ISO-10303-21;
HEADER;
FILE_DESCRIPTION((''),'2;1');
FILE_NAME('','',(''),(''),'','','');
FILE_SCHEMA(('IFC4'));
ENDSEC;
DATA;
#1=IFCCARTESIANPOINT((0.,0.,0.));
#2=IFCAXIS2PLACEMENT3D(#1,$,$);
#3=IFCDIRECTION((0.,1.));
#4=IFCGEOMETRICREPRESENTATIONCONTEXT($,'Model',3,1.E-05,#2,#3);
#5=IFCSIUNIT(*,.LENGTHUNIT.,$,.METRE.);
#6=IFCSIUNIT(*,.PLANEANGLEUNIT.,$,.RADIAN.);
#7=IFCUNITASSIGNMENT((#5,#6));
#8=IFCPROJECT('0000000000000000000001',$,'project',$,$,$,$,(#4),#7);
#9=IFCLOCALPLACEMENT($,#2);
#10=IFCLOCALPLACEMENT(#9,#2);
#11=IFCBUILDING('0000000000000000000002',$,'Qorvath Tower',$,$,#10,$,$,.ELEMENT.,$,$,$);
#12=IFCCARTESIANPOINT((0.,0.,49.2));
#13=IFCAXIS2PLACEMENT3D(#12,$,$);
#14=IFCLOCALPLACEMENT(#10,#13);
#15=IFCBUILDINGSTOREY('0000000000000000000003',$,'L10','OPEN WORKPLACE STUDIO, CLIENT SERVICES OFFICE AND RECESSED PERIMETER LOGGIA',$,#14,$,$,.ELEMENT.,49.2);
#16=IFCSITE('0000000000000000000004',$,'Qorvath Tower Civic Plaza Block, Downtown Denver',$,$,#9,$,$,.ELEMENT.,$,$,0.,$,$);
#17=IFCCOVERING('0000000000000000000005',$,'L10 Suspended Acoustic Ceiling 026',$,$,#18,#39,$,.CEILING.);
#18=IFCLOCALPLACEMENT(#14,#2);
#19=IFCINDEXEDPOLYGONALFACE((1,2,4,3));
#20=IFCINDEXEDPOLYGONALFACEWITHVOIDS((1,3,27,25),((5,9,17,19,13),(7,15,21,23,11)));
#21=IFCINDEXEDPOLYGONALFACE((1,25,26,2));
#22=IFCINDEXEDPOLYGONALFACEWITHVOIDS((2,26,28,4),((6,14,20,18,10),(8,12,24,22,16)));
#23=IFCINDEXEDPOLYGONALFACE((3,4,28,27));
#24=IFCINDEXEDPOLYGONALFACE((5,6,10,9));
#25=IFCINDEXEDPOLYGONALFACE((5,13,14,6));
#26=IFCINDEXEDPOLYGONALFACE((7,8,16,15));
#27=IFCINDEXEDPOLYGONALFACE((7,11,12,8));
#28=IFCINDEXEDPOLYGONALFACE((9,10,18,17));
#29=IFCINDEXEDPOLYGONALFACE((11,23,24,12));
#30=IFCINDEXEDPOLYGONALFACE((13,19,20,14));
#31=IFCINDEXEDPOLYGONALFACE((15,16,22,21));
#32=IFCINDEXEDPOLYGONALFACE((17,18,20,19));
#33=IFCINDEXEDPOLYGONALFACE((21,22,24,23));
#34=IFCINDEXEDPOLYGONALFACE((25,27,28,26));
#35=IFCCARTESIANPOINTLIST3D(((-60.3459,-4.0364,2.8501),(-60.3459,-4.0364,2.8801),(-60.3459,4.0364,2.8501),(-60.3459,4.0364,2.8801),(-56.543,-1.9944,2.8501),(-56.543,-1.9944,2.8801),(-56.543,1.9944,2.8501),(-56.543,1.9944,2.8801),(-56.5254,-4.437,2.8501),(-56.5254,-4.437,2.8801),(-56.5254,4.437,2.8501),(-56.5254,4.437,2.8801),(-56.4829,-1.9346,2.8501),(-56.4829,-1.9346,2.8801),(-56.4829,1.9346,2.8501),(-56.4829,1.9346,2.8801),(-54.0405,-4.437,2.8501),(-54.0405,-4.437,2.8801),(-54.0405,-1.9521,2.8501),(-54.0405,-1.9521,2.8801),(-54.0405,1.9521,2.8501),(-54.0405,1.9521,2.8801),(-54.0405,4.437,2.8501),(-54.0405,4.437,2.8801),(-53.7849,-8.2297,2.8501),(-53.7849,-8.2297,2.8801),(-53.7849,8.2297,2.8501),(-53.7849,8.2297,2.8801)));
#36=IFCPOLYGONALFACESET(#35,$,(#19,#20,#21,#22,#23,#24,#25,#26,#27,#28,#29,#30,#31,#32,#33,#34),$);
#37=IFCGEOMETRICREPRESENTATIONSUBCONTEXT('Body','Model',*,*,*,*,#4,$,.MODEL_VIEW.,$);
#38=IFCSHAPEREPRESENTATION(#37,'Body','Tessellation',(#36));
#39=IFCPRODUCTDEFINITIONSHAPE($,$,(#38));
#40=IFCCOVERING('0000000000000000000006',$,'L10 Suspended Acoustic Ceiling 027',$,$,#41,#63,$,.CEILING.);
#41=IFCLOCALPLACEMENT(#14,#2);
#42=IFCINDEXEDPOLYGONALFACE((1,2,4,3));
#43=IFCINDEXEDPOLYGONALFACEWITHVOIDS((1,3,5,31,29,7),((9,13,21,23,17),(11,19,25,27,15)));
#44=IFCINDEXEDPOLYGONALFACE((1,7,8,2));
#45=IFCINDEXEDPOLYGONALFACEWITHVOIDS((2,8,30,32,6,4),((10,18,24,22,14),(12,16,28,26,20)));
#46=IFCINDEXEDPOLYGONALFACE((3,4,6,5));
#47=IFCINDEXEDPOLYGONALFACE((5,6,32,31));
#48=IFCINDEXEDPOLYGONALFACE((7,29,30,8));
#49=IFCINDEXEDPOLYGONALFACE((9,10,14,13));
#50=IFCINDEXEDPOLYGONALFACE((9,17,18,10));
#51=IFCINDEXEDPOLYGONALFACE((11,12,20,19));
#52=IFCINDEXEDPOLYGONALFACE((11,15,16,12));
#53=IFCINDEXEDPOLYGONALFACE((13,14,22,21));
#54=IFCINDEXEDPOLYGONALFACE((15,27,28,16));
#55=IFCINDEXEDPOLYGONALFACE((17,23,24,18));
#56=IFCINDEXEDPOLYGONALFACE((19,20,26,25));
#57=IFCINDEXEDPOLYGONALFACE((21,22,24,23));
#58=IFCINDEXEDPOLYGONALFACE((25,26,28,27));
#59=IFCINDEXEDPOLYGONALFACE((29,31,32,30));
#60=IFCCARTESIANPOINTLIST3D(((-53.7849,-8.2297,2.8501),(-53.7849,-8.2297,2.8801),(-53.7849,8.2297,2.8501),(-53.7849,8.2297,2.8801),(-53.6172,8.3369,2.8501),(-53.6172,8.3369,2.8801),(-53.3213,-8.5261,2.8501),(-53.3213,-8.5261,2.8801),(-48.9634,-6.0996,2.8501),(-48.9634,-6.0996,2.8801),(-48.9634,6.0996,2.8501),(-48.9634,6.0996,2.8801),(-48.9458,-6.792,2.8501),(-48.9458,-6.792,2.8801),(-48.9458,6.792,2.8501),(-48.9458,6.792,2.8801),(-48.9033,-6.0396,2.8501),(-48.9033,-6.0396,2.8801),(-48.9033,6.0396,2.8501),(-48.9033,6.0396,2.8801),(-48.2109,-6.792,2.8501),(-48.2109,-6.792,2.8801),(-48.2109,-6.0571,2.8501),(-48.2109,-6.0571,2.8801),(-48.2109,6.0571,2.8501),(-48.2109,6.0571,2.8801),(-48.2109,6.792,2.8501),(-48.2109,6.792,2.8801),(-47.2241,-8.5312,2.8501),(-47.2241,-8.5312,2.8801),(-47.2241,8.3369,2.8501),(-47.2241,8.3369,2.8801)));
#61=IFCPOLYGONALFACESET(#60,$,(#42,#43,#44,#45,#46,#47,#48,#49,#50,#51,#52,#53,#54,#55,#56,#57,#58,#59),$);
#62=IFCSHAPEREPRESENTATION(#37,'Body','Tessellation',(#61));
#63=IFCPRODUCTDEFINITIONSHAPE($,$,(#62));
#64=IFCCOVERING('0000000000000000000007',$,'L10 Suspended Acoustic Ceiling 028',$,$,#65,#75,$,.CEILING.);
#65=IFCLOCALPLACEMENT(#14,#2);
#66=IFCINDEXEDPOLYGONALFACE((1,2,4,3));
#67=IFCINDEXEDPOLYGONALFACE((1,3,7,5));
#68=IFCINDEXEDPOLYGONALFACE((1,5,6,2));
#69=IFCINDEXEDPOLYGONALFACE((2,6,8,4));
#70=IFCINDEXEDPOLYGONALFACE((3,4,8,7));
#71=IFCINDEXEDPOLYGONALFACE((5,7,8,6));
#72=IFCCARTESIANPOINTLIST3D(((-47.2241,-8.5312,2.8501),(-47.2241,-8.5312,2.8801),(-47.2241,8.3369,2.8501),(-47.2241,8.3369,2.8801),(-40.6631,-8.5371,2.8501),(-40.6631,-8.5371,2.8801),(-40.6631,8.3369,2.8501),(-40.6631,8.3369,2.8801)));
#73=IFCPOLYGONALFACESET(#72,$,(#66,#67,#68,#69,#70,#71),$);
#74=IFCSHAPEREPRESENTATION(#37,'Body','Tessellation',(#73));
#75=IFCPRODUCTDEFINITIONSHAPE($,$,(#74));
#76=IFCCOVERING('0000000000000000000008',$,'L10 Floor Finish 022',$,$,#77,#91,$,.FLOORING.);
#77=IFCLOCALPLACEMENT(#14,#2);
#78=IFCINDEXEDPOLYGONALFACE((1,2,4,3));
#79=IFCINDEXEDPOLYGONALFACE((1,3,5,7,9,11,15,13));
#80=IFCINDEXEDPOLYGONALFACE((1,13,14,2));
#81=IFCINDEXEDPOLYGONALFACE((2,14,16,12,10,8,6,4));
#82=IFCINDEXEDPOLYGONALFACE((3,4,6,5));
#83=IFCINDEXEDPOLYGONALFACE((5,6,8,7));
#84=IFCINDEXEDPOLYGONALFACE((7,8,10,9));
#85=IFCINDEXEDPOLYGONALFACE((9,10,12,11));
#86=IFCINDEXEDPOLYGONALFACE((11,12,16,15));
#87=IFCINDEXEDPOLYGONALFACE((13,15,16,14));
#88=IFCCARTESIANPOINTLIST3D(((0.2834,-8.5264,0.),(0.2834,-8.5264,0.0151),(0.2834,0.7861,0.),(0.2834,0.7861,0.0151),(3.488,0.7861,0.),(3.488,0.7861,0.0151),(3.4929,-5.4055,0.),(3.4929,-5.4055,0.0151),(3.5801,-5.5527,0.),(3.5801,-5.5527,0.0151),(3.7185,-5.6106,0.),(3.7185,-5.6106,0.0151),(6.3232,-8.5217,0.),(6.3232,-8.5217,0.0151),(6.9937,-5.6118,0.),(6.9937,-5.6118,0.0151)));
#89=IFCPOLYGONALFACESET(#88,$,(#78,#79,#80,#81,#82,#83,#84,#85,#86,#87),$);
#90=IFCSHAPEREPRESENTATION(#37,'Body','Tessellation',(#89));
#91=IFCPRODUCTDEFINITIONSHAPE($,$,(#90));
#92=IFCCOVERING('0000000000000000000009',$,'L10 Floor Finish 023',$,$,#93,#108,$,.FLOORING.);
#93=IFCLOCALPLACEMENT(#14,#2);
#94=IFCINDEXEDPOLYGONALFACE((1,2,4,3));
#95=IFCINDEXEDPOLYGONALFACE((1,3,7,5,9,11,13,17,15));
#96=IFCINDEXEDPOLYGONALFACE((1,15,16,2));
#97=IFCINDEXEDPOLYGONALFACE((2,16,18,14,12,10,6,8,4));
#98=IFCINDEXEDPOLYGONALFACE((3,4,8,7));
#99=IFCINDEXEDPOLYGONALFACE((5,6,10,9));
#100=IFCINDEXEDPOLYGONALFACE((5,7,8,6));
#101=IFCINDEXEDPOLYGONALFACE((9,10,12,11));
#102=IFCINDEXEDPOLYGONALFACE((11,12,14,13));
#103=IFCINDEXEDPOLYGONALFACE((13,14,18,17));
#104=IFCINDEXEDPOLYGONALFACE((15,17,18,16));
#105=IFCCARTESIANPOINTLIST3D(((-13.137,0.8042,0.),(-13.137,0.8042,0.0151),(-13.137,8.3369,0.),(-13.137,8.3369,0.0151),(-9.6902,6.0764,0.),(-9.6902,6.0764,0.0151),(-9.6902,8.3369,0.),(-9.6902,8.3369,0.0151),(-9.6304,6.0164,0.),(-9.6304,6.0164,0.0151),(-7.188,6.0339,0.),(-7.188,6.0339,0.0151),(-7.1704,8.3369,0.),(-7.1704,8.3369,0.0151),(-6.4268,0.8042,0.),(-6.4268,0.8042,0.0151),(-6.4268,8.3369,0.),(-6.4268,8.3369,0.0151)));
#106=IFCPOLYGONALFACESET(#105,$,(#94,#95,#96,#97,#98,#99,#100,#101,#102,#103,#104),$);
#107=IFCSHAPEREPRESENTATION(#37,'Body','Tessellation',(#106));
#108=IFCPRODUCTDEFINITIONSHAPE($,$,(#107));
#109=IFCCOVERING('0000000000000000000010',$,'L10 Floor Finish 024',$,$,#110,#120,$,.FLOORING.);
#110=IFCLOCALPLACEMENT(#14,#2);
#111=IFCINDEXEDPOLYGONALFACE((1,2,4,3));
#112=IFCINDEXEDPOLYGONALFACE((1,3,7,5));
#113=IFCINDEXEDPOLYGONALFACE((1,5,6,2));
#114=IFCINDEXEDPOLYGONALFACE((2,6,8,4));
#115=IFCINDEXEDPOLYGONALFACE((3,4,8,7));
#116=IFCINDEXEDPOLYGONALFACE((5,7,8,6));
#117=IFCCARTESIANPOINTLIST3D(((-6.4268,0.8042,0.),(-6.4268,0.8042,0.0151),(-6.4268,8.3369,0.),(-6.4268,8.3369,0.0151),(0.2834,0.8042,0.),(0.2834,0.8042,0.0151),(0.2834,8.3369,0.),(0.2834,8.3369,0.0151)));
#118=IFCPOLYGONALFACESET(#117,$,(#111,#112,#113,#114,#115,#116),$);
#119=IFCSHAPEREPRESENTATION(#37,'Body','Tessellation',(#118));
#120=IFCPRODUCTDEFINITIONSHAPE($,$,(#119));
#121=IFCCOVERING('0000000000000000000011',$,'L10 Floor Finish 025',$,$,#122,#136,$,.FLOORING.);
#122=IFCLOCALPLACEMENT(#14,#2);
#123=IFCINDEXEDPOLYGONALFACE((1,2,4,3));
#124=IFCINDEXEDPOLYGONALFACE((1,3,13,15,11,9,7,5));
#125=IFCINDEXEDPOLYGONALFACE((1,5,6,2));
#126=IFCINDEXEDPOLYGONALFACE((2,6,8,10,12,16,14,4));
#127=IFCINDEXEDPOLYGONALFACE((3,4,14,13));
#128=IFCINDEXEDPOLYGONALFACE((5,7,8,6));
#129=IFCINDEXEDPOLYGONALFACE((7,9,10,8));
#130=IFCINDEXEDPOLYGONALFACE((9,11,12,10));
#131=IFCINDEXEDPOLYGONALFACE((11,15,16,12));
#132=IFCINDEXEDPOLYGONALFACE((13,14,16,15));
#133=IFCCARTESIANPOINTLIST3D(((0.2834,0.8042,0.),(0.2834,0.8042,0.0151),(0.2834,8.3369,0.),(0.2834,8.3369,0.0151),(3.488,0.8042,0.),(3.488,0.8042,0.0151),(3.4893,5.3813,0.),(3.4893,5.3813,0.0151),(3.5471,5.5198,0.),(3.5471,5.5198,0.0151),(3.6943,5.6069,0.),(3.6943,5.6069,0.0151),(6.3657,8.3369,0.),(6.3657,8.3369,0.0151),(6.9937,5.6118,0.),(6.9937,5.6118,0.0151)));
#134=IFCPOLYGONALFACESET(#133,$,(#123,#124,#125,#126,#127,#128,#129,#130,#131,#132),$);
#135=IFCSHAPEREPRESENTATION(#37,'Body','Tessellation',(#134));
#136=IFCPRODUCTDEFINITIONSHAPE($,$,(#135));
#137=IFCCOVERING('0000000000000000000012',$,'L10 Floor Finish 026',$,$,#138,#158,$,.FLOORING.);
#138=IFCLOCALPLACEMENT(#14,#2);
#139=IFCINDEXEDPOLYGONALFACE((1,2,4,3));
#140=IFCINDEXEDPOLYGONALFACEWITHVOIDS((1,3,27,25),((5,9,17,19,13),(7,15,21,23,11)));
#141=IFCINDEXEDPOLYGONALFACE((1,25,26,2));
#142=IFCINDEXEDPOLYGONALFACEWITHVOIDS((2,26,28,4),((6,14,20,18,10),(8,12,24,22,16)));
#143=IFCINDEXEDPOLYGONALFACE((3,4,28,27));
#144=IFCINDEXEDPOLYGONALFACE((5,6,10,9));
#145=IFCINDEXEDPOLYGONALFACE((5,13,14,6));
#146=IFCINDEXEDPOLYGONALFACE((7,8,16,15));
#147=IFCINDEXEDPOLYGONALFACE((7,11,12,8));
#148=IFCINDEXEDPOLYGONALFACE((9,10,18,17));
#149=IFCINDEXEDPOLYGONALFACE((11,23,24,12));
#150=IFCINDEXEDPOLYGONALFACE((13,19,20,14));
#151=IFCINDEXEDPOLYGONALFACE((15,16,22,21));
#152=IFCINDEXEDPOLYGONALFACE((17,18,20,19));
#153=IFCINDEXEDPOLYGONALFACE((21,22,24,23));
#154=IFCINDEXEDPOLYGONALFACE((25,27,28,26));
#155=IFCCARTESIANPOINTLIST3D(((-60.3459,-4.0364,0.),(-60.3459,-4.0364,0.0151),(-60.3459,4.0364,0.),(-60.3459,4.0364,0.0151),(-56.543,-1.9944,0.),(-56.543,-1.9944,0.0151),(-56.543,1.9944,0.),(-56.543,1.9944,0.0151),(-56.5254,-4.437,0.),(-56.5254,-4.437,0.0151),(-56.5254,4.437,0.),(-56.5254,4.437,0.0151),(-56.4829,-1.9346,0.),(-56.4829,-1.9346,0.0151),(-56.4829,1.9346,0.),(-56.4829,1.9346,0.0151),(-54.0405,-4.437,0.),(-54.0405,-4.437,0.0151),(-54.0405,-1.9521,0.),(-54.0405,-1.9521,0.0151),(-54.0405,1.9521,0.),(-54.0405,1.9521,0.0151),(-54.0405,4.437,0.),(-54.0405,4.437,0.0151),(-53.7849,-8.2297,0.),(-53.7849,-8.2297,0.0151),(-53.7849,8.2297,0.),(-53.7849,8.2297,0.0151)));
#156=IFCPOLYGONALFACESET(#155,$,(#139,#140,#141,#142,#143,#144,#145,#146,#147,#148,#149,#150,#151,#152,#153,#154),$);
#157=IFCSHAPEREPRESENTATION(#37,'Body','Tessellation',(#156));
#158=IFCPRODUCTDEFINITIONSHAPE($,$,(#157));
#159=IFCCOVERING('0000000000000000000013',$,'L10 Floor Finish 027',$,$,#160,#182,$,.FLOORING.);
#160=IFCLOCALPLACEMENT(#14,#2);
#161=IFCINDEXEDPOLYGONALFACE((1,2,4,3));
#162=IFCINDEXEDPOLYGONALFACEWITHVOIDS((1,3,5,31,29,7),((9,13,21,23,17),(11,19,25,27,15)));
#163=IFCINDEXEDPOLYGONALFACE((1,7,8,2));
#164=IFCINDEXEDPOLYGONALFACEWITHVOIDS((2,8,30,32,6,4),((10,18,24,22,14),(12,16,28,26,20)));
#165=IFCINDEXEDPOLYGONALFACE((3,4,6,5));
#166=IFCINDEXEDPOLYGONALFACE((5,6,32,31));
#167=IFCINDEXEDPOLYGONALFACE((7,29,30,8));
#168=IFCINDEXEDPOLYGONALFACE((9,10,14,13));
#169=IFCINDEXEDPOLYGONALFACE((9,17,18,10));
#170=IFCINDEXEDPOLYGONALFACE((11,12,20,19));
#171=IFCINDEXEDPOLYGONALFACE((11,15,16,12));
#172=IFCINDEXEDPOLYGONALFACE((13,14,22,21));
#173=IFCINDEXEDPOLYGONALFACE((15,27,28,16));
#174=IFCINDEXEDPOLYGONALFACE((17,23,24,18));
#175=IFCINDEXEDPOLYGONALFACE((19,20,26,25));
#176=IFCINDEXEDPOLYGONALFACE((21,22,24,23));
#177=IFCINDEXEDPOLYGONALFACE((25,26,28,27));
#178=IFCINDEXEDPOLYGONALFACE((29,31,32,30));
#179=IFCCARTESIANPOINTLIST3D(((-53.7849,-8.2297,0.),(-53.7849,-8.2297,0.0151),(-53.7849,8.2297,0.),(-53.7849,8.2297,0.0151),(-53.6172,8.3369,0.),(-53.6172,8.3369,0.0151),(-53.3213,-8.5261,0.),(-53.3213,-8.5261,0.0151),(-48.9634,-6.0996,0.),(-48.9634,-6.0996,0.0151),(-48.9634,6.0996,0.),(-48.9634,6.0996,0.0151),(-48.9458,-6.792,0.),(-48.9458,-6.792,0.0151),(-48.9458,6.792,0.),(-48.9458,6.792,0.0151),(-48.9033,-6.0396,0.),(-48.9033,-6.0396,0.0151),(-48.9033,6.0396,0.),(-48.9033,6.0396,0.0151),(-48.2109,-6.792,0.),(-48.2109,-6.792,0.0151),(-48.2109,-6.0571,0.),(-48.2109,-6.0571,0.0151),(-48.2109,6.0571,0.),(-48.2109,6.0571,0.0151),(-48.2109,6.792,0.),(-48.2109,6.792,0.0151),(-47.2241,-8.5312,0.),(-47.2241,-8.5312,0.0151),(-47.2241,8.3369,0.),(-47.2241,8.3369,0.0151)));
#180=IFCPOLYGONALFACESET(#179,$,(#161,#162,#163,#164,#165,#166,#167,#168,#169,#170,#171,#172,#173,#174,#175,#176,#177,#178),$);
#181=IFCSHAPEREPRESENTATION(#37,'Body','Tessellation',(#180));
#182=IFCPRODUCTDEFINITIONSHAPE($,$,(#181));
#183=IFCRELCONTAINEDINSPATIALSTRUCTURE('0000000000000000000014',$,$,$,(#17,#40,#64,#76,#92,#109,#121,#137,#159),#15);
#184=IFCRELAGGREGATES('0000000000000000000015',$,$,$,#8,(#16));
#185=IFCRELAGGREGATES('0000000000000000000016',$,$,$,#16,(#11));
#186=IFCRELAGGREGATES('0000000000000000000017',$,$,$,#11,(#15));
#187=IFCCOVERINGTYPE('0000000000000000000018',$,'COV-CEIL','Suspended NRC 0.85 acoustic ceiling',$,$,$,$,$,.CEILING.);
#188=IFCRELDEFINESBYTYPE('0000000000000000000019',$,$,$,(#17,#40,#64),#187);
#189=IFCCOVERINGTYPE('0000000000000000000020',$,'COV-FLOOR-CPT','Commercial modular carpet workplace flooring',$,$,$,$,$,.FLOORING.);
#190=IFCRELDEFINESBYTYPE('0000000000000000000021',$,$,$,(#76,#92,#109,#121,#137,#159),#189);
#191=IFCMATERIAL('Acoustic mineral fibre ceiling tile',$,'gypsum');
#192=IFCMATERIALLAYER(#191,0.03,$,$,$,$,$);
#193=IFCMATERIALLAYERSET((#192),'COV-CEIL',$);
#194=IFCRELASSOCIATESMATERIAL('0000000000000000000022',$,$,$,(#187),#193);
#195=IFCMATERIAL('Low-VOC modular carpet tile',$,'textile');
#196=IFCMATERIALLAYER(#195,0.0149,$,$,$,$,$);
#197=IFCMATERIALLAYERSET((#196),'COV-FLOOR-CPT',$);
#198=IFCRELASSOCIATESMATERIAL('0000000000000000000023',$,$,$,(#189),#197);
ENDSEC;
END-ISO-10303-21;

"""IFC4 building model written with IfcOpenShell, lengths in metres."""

from ifc_helpers import new_model, si_unit, direction, frame, origin, place, context, subcontext, project, spatial, polyline, outline, extrude, material, layer, layer_set, type_object, element, save


model = new_model("IFC4")

# Units and contexts
model_context = context("Model", 3, precision=1e-05, world=origin(), true_north=direction((0.0, 1.0)))
body_context = subcontext(model_context, "Body", "Model", "MODEL_VIEW")
ifc_project = project(units=[si_unit("LENGTHUNIT", "METRE"), si_unit("PLANEANGLEUNIT", "RADIAN")], contexts=[model_context])

# Site, building, storey
site_placement = place(None, origin())
site = spatial("IfcSite", under=ifc_project, at=site_placement, Name="Qorvath Tower Civic Plaza Block, Downtown Denver", CompositionType="ELEMENT", RefElevation=0.0)
building_placement = place(site_placement, origin())
building = spatial("IfcBuilding", under=site, at=building_placement, Name="Qorvath Tower", CompositionType="ELEMENT")
storey_placement = place(building_placement, frame((0.0, 0.0, 49.2)))
storey = spatial("IfcBuildingStorey", under=building, at=storey_placement, Name="L10", Description="OPEN WORKPLACE STUDIO, CLIENT SERVICES OFFICE AND RECESSED PERIMETER LOGGIA", CompositionType="ELEMENT", Elevation=49.2)

# Coverings
ifc_material_1 = material(Name="Acoustic mineral fibre ceiling tile", Category="gypsum")
ifc_layer_1 = layer(ifc_material_1, 0.03)
ifc_layer_set_1 = layer_set([ifc_layer_1], Name="COV-CEIL")
covering_type_1 = type_object("IfcCoveringType", Name="COV-CEIL", Description="Suspended NRC 0.85 acoustic ceiling", PredefinedType="CEILING", material=ifc_layer_set_1)
covering_1_placement = place(storey_placement, frame((0.0, 0.0, 2.8501)))
element("IfcCovering", 1, at=covering_1_placement, inside=storey, type_object=covering_type_1, Name="L10 Suspended Acoustic Ceiling 026", PredefinedType="CEILING", context=body_context, shape_type="SweptSolid", body=[
    extrude(outline(polyline([(-53.7849, -8.2297), (-53.7849, 8.2297), (-60.3459, 4.0364), (-60.3459, -4.0364), (-53.7849, -8.2297)]), holes=[polyline([(-56.543, -1.9944), (-56.4829, -1.9346), (-54.0405, -1.9521), (-54.0405, -4.437), (-56.5254, -4.437), (-56.543, -1.9944)]), polyline([(-56.543, 1.9944), (-56.5254, 4.437), (-54.0405, 4.437), (-54.0405, 1.9521), (-56.4829, 1.9346), (-56.543, 1.9944)])]), origin(), (0.0, 0.0, 1.0), 0.03),
])
covering_2_placement = place(storey_placement, frame((0.0, 0.0, 2.8501)))
element("IfcCovering", 2, at=covering_2_placement, inside=storey, type_object=covering_type_1, Name="L10 Suspended Acoustic Ceiling 027", PredefinedType="CEILING", context=body_context, shape_type="SweptSolid", body=[
    extrude(outline(polyline([(-47.2241, -8.5312), (-47.2241, 8.3369), (-53.6172, 8.3369), (-53.7849, 8.2297), (-53.7849, -8.2297), (-53.3213, -8.5261), (-47.2241, -8.5312)]), holes=[polyline([(-48.9634, -6.0996), (-48.9033, -6.0396), (-48.2109, -6.0571), (-48.2109, -6.792), (-48.9458, -6.792), (-48.9634, -6.0996)]), polyline([(-48.9634, 6.0996), (-48.9458, 6.792), (-48.2109, 6.792), (-48.2109, 6.0571), (-48.9033, 6.0396), (-48.9634, 6.0996)])]), origin(), (0.0, 0.0, 1.0), 0.03),
])
covering_3_placement = place(storey_placement, frame((0.0, 0.0, 2.8501)))
element("IfcCovering", 3, at=covering_3_placement, inside=storey, type_object=covering_type_1, Name="L10 Suspended Acoustic Ceiling 028", PredefinedType="CEILING", context=body_context, shape_type="SweptSolid", body=[
    extrude(outline(polyline([(-40.6631, 8.3369), (-47.2241, 8.3369), (-47.2241, -8.5312), (-40.6631, -8.5371), (-40.6631, 8.3369)])), origin(), (0.0, 0.0, 1.0), 0.03),
])
ifc_material_2 = material(Name="Low-VOC modular carpet tile", Category="textile")
ifc_layer_2 = layer(ifc_material_2, 0.0149)
ifc_layer_set_2 = layer_set([ifc_layer_2], Name="COV-FLOOR-CPT")
covering_type_2 = type_object("IfcCoveringType", Name="COV-FLOOR-CPT", Description="Commercial modular carpet workplace flooring", PredefinedType="FLOORING", material=ifc_layer_set_2)
covering_4_placement = place(storey_placement, origin())
element("IfcCovering", 4, at=covering_4_placement, inside=storey, type_object=covering_type_2, Name="L10 Floor Finish 022", PredefinedType="FLOORING", context=body_context, shape_type="SweptSolid", body=[
    extrude(outline(polyline([(3.5801, -5.5527), (3.4929, -5.4055), (3.488, 0.7861), (0.2834, 0.7861), (0.2834, -8.5264), (6.3232, -8.5217), (6.9937, -5.6118), (3.7185, -5.6106), (3.5801, -5.5527)])), origin(), (0.0, 0.0, 1.0), 0.0151),
])
covering_5_placement = place(storey_placement, origin())
element("IfcCovering", 5, at=covering_5_placement, inside=storey, type_object=covering_type_2, Name="L10 Floor Finish 023", PredefinedType="FLOORING", context=body_context, shape_type="SweptSolid", body=[
    extrude(outline(polyline([(-6.4268, 0.8042), (-6.4268, 8.3369), (-7.1704, 8.3369), (-7.188, 6.0339), (-9.6304, 6.0164), (-9.6902, 6.0764), (-9.6902, 8.3369), (-13.137, 8.3369), (-13.137, 0.8042), (-6.4268, 0.8042)])), origin(), (0.0, 0.0, 1.0), 0.0151),
])
covering_6_placement = place(storey_placement, origin())
element("IfcCovering", 6, at=covering_6_placement, inside=storey, type_object=covering_type_2, Name="L10 Floor Finish 024", PredefinedType="FLOORING", context=body_context, shape_type="SweptSolid", body=[
    extrude(outline(polyline([(0.2834, 0.8042), (0.2834, 8.3369), (-6.4268, 8.3369), (-6.4268, 0.8042), (0.2834, 0.8042)])), origin(), (0.0, 0.0, 1.0), 0.0151),
])
covering_7_placement = place(storey_placement, origin())
element("IfcCovering", 7, at=covering_7_placement, inside=storey, type_object=covering_type_2, Name="L10 Floor Finish 025", PredefinedType="FLOORING", context=body_context, shape_type="SweptSolid", body=[
    extrude(outline(polyline([(3.5471, 5.5198), (3.6943, 5.6069), (6.9937, 5.6118), (6.3657, 8.3369), (0.2834, 8.3369), (0.2834, 0.8042), (3.488, 0.8042), (3.4893, 5.3813), (3.5471, 5.5198)])), origin(), (0.0, 0.0, 1.0), 0.0151),
])
covering_8_placement = place(storey_placement, origin())
element("IfcCovering", 8, at=covering_8_placement, inside=storey, type_object=covering_type_2, Name="L10 Floor Finish 026", PredefinedType="FLOORING", context=body_context, shape_type="SweptSolid", body=[
    extrude(outline(polyline([(-53.7849, -8.2297), (-53.7849, 8.2297), (-60.3459, 4.0364), (-60.3459, -4.0364), (-53.7849, -8.2297)]), holes=[polyline([(-56.543, -1.9944), (-56.4829, -1.9346), (-54.0405, -1.9521), (-54.0405, -4.437), (-56.5254, -4.437), (-56.543, -1.9944)]), polyline([(-56.543, 1.9944), (-56.5254, 4.437), (-54.0405, 4.437), (-54.0405, 1.9521), (-56.4829, 1.9346), (-56.543, 1.9944)])]), origin(), (0.0, 0.0, 1.0), 0.0151),
])
covering_9_placement = place(storey_placement, origin())
element("IfcCovering", 9, at=covering_9_placement, inside=storey, type_object=covering_type_2, Name="L10 Floor Finish 027", PredefinedType="FLOORING", context=body_context, shape_type="SweptSolid", body=[
    extrude(outline(polyline([(-47.2241, -8.5312), (-47.2241, 8.3369), (-53.6172, 8.3369), (-53.7849, 8.2297), (-53.7849, -8.2297), (-53.3213, -8.5261), (-47.2241, -8.5312)]), holes=[polyline([(-48.9634, -6.0996), (-48.9033, -6.0396), (-48.2109, -6.0571), (-48.2109, -6.792), (-48.9458, -6.792), (-48.9634, -6.0996)]), polyline([(-48.9634, 6.0996), (-48.9458, 6.792), (-48.2109, 6.792), (-48.2109, 6.0571), (-48.9033, 6.0396), (-48.9634, 6.0996)])]), origin(), (0.0, 0.0, 1.0), 0.0151),
])

save(model, "model.ifc")
